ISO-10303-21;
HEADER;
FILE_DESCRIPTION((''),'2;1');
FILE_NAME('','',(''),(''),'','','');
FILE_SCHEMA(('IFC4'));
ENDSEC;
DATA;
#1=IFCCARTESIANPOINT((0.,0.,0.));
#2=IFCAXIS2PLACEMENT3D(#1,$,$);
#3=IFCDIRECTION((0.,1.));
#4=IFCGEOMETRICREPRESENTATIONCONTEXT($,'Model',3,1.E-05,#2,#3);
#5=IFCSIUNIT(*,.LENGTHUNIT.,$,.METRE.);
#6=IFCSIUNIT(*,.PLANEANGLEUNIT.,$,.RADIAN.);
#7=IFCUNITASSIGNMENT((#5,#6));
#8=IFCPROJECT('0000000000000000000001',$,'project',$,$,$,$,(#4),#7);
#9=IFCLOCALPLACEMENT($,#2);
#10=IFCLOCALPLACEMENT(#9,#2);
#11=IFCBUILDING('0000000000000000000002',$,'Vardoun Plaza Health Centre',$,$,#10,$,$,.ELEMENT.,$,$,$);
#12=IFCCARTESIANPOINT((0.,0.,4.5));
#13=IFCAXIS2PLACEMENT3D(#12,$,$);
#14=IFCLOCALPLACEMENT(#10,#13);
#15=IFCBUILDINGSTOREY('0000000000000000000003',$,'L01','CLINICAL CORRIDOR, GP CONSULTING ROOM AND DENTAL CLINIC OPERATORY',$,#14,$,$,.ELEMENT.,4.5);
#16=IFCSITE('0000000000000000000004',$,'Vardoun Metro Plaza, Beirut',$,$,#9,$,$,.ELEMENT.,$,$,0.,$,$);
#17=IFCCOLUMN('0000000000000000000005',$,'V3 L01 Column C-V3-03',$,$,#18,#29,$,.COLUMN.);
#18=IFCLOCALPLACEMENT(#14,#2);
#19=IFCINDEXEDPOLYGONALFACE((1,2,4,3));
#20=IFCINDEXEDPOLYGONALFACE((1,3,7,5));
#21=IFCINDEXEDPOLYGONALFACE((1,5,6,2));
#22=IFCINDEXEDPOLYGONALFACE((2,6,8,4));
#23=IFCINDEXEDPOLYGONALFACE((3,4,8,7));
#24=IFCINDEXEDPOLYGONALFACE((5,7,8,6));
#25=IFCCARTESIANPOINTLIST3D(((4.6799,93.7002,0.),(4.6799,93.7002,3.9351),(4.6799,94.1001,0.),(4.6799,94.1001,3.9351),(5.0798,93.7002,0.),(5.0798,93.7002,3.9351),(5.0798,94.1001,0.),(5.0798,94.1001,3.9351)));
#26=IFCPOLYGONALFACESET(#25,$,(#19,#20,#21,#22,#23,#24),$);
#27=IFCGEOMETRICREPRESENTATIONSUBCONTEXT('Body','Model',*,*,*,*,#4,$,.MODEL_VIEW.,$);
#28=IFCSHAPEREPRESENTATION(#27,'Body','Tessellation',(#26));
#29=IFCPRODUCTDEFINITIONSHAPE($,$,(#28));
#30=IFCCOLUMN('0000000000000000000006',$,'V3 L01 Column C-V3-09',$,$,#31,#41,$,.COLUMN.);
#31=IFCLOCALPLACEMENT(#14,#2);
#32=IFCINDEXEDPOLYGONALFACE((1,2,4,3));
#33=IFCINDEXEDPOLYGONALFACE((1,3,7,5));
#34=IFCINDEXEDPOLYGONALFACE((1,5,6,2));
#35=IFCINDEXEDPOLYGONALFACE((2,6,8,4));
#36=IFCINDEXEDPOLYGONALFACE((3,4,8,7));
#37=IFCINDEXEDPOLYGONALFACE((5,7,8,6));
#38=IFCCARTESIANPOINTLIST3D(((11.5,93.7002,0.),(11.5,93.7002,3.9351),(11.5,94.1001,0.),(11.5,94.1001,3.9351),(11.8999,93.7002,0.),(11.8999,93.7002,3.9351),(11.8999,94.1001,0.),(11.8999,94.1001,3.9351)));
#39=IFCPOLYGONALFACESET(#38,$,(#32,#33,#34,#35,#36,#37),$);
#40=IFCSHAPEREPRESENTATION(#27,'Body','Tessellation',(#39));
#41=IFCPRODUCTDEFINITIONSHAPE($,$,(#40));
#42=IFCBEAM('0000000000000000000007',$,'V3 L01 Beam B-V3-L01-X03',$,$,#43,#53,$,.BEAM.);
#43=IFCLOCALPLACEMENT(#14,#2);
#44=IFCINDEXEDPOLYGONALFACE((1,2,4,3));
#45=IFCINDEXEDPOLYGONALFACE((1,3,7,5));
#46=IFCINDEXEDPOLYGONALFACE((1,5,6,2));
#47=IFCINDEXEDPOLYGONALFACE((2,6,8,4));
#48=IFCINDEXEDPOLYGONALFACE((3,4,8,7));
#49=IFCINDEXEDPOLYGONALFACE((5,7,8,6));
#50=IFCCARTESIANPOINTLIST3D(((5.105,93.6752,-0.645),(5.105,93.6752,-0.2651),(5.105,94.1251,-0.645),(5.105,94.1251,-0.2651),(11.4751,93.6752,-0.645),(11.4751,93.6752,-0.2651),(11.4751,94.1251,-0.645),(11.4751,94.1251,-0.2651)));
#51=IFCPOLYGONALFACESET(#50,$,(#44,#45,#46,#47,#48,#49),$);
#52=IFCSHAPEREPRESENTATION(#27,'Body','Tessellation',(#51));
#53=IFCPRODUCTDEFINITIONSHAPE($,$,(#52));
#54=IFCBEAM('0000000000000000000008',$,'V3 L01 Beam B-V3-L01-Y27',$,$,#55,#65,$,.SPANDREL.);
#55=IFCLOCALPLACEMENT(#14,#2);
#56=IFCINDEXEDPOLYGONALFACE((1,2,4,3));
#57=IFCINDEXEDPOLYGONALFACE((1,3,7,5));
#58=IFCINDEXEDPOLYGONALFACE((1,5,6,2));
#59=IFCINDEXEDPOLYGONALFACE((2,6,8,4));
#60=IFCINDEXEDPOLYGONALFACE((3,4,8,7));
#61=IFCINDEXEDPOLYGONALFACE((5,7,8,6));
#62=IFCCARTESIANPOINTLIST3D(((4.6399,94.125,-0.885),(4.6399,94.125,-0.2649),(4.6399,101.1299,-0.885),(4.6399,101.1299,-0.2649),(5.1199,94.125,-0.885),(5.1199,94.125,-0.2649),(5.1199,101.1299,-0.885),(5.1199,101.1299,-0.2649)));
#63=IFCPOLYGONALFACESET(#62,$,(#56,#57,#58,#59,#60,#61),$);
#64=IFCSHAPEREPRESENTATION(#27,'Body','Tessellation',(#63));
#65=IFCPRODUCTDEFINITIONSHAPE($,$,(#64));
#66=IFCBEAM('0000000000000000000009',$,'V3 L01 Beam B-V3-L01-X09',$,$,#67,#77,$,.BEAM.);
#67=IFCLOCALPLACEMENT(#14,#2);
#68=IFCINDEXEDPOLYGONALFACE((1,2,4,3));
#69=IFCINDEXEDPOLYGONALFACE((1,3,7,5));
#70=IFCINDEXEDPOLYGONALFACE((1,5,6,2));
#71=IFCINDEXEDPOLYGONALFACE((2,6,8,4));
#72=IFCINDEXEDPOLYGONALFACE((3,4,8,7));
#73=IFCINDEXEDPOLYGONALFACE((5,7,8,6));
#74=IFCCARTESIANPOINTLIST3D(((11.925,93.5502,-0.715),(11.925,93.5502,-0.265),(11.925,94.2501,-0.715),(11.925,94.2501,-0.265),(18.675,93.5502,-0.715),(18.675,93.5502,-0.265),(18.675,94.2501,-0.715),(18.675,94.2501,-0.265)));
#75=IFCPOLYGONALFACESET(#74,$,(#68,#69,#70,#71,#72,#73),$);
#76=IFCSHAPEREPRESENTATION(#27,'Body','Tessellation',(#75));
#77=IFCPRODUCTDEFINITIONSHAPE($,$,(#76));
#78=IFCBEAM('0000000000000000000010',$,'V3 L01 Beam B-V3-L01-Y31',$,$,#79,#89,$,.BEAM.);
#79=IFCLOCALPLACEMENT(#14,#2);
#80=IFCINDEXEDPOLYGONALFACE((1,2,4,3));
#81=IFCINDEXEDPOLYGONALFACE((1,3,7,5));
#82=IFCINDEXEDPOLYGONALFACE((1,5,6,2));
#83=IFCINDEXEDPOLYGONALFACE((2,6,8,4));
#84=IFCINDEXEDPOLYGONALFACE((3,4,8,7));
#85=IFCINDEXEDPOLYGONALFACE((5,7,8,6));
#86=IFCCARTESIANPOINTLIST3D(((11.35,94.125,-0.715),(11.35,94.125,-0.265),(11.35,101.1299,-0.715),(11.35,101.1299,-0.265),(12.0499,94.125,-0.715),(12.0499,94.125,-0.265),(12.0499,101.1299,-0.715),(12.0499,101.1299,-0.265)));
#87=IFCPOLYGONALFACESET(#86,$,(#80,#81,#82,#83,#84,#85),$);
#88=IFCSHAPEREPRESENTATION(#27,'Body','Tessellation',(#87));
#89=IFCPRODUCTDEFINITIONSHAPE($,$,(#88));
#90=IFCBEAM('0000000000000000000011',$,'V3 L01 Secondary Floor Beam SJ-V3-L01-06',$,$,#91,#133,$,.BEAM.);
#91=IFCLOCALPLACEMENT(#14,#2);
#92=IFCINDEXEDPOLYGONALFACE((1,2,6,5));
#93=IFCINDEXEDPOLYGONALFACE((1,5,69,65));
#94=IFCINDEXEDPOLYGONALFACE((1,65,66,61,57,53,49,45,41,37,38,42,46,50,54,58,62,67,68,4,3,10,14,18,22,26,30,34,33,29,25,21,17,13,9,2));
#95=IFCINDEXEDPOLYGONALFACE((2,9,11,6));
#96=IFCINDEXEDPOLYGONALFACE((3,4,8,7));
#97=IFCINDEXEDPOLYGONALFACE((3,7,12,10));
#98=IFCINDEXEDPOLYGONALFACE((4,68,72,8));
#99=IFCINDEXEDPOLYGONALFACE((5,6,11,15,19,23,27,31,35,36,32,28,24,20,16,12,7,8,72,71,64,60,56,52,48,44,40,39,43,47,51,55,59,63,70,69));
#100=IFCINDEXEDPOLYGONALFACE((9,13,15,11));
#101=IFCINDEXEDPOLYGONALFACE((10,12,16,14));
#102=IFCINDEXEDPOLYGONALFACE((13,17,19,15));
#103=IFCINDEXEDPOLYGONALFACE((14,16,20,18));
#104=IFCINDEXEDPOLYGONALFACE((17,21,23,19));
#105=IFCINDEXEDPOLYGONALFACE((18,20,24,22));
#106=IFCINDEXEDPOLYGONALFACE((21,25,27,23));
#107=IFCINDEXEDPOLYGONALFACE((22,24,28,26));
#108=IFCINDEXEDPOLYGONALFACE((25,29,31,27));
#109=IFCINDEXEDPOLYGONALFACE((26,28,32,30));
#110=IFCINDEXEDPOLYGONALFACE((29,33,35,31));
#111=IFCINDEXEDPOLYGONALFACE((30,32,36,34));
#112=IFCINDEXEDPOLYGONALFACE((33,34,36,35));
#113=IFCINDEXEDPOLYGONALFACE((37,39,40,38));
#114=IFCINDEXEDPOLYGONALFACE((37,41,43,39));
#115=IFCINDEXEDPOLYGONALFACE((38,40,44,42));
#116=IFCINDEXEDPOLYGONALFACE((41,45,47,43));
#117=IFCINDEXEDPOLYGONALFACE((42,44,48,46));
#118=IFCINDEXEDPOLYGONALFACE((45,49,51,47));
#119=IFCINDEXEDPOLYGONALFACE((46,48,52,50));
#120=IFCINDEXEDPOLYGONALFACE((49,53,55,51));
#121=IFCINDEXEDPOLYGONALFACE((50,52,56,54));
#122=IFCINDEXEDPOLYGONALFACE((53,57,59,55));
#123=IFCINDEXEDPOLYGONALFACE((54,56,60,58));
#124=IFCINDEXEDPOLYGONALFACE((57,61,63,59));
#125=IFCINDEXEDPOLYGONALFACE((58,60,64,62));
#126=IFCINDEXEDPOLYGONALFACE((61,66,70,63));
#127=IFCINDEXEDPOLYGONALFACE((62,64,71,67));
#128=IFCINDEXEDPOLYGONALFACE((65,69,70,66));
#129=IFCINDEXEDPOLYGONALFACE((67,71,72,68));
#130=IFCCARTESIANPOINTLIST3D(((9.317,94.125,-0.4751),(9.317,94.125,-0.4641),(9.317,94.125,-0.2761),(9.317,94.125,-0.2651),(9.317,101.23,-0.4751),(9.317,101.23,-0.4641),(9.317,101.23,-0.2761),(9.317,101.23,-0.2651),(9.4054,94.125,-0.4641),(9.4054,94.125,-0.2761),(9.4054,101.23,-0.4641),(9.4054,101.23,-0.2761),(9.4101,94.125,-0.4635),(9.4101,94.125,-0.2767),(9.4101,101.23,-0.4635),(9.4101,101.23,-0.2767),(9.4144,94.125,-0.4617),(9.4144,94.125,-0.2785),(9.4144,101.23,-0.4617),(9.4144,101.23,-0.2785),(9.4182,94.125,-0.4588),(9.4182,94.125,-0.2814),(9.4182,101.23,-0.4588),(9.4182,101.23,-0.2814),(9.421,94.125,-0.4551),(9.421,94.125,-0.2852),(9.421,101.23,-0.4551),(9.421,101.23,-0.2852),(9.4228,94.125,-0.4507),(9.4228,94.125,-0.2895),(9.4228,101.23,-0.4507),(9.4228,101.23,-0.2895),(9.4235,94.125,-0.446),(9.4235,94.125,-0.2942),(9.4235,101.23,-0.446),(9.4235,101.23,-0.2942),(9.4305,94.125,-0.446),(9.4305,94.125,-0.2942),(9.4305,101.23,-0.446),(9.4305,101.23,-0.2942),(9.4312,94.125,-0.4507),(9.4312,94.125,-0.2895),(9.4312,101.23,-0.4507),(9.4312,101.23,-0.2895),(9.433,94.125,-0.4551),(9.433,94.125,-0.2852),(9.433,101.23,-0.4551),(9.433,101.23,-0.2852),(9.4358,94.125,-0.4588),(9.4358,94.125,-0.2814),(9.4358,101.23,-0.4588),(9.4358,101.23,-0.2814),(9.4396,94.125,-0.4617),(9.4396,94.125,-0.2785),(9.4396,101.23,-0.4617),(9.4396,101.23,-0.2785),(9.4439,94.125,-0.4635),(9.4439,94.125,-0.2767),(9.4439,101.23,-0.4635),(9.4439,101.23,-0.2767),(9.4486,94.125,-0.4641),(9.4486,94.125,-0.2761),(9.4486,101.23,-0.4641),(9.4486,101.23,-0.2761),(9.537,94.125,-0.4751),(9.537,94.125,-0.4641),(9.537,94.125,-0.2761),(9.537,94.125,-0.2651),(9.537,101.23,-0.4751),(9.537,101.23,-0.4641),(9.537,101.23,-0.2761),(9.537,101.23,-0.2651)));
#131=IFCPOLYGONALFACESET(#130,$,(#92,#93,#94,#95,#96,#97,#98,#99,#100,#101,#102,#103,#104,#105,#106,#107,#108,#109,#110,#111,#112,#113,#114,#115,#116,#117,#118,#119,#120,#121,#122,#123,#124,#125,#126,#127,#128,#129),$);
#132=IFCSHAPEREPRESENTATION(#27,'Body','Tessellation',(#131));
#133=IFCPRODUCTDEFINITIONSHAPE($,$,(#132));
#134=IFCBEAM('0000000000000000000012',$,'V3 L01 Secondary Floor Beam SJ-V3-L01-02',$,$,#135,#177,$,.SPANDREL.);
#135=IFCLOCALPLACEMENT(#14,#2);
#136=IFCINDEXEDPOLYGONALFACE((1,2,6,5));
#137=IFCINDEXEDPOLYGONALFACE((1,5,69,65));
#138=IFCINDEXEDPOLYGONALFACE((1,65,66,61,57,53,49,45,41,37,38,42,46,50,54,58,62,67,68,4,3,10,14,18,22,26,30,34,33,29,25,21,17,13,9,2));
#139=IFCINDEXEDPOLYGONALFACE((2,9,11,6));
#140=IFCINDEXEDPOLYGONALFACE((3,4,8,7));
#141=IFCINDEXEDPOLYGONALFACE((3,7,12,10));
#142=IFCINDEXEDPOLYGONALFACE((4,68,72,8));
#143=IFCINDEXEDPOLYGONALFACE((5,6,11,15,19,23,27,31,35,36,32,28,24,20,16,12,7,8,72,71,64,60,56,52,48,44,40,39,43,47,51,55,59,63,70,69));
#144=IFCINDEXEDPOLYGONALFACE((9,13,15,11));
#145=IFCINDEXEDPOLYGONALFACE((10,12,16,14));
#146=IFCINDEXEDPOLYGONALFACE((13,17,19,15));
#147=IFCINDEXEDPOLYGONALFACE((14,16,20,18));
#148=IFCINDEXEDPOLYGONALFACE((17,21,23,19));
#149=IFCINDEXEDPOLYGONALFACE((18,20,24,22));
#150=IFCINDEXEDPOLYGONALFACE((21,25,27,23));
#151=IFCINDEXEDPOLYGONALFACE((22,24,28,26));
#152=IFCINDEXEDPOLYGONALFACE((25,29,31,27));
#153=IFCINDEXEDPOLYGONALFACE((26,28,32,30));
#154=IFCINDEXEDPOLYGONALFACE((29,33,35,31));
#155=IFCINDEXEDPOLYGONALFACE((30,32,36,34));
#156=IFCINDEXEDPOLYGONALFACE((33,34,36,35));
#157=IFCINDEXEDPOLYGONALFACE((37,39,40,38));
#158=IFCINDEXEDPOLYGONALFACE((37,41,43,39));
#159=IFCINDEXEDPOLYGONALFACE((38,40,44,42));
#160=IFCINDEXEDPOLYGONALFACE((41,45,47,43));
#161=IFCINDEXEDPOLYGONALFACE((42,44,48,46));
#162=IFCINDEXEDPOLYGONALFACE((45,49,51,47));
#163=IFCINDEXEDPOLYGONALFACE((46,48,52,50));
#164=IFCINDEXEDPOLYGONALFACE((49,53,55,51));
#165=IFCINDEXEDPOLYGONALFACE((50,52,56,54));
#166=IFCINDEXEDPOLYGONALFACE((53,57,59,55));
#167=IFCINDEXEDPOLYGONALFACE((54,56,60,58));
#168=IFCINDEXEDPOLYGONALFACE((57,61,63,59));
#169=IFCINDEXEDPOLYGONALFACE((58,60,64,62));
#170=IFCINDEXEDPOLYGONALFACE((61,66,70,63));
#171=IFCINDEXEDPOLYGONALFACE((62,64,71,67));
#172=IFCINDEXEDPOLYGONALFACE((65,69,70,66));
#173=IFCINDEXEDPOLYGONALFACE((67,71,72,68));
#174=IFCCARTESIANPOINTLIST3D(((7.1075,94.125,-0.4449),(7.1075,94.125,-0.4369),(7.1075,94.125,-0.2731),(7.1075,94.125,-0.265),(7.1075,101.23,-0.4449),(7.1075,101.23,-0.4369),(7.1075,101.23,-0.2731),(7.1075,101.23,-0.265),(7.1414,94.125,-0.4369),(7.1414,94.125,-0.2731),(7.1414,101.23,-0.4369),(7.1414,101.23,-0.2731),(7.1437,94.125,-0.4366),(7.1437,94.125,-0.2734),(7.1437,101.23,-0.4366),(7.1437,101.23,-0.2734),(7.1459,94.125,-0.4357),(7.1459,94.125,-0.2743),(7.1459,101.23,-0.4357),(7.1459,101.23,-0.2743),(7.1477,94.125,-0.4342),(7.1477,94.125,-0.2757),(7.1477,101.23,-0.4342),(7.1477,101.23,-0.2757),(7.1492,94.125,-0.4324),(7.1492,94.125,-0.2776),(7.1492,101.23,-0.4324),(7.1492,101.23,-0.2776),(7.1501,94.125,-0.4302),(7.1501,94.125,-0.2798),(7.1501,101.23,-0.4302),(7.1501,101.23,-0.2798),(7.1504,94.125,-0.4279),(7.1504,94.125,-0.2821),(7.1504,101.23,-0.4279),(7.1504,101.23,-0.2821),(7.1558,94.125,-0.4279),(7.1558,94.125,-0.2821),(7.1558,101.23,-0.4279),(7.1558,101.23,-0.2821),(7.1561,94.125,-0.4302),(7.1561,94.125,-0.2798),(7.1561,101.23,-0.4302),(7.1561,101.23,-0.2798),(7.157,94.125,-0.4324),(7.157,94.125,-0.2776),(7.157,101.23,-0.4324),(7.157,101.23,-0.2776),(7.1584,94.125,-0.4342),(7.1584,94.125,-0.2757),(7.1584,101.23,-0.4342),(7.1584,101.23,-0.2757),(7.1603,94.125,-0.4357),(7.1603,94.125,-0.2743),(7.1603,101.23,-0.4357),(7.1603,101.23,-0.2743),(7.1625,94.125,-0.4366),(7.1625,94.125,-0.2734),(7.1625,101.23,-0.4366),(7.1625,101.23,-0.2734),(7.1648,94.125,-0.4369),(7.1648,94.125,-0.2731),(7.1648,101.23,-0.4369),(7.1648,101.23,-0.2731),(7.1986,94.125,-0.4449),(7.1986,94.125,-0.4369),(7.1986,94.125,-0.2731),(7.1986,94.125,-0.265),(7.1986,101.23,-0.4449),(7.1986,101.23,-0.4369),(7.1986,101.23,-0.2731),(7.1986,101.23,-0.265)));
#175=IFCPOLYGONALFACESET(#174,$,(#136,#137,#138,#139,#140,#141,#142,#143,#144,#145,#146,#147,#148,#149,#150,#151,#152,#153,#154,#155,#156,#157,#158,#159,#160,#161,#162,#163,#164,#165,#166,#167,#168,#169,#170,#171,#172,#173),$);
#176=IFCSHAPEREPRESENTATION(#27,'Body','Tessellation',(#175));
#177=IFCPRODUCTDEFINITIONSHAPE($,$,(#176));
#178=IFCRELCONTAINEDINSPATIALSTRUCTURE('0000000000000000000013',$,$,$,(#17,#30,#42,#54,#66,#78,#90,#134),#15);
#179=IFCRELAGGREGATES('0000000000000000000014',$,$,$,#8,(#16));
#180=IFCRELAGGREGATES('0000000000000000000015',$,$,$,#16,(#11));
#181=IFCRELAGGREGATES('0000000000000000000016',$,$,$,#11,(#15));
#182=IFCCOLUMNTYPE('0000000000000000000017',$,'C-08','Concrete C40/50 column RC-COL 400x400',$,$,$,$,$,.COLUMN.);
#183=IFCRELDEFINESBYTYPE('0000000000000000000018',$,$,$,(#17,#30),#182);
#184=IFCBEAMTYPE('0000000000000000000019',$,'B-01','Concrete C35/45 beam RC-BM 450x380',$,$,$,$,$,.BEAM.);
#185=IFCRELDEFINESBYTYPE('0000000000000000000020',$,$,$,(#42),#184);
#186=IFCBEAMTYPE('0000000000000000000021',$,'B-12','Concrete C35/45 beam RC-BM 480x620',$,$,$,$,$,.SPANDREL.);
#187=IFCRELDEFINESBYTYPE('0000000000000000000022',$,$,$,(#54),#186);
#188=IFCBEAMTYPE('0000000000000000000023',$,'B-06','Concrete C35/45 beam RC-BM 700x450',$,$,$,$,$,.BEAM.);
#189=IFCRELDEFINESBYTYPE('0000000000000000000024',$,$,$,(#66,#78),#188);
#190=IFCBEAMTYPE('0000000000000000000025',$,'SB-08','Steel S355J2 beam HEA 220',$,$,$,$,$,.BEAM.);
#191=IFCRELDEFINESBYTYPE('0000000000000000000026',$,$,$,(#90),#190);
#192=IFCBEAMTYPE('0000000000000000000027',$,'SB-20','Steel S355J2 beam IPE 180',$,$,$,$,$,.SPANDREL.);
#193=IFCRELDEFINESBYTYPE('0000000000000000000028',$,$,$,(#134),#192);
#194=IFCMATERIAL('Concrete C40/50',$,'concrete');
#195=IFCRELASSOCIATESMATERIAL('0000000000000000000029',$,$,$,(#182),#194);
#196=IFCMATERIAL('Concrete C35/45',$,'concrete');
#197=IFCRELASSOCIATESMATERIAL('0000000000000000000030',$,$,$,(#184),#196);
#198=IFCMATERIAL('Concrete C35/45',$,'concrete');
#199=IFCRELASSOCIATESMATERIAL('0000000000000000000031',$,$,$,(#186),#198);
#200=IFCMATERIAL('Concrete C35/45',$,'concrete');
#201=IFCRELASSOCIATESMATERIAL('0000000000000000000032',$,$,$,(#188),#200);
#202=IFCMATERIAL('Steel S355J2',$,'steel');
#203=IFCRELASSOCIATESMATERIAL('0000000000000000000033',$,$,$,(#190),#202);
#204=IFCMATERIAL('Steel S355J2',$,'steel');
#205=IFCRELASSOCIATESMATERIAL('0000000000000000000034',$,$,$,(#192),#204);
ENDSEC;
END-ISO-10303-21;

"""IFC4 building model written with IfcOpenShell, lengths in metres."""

from ifc_helpers import new_model, si_unit, direction, frame, origin, origin_2d, place, context, subcontext, project, spatial, rectangle, i_section, extrude, material, material_profile, profile_set, type_object, element, save


model = new_model("IFC4")

# Units and contexts
model_context = context("Model", 3, precision=1e-05, world=origin(), true_north=direction((0.0, 1.0)))
body_context = subcontext(model_context, "Body", "Model", "MODEL_VIEW")
ifc_project = project(units=[si_unit("LENGTHUNIT", "METRE"), si_unit("PLANEANGLEUNIT", "RADIAN")], contexts=[model_context])

# Site, building, storey
site_placement = place(None, origin())
site = spatial("IfcSite", under=ifc_project, at=site_placement, Name="Vardoun Metro Plaza, Beirut", CompositionType="ELEMENT", RefElevation=0.0)
building_placement = place(site_placement, origin())
building = spatial("IfcBuilding", under=site, at=building_placement, Name="Vardoun Plaza Health Centre", CompositionType="ELEMENT")
storey_placement = place(building_placement, frame((0.0, 0.0, 4.5)))
storey = spatial("IfcBuildingStorey", under=building, at=storey_placement, Name="L01", Description="CLINICAL CORRIDOR, GP CONSULTING ROOM AND DENTAL CLINIC OPERATORY", CompositionType="ELEMENT", Elevation=4.5)

# Columns
ifc_material_1 = material(Name="Concrete C40/50", Category="concrete")
ifc_material_profile_1 = material_profile(ifc_material_1, rectangle(XDim=0.3999, YDim=0.3999, at=origin_2d()), Name="RC-COL 400x400")
ifc_profile_set_1 = profile_set([ifc_material_profile_1], Name="Concrete C40/50")
column_type = type_object("IfcColumnType", Name="C-08", Description="Concrete C40/50 column RC-COL 400x400", PredefinedType="COLUMN", material=ifc_profile_set_1)
for number, where, z_axis, x_axis, name in (
    (1, (4.8799, 93.9001, 0.0), (0.0, 0.0, 1.0), (1.0, 0.0, 0.0), "V3 L01 Column C-V3-03"),
    (2, (11.7, 93.9001, 0.0), (0.0, 0.0, 1.0), (1.0, 0.0, 0.0), "V3 L01 Column C-V3-09"),
):
    element("IfcColumn", number, at=place(storey_placement, frame(where, z_axis=z_axis, x_axis=x_axis)), inside=storey, type_object=column_type, Name=name, PredefinedType="COLUMN", context=body_context, shape_type="SweptSolid", body=[
        extrude(rectangle(XDim=0.3999, YDim=0.3999, at=origin_2d()), origin(), (0.0, 0.0, 1.0), 3.9351),
    ])

# Beams
ifc_material_2 = material(Name="Concrete C35/45", Category="concrete")
ifc_material_profile_2 = material_profile(ifc_material_2, rectangle(XDim=0.45, YDim=0.3799, at=origin_2d()), Name="RC-BM 450x380")
ifc_profile_set_2 = profile_set([ifc_material_profile_2], Name="Concrete C35/45")
beam_type_1 = type_object("IfcBeamType", Name="B-01", Description="Concrete C35/45 beam RC-BM 450x380", PredefinedType="BEAM", material=ifc_profile_set_2)
beam_1_placement = place(storey_placement, frame((5.105, 93.9001, -0.4551), z_axis=(1.0, 0.0, 0.0), x_axis=(0.0, 1.0, 0.0)))
element("IfcBeam", 3, at=beam_1_placement, inside=storey, type_object=beam_type_1, Name="V3 L01 Beam B-V3-L01-X03", PredefinedType="BEAM", context=body_context, shape_type="SweptSolid", body=[
    extrude(rectangle(XDim=0.45, YDim=0.3799, at=origin_2d()), origin(), (0.0, 0.0, 1.0), 6.3701),
])
ifc_material_3 = material(Name="Concrete C35/45", Category="concrete")
ifc_material_profile_3 = material_profile(ifc_material_3, rectangle(XDim=0.48, YDim=0.6201, at=origin_2d()), Name="RC-BM 480x620")
ifc_profile_set_3 = profile_set([ifc_material_profile_3], Name="Concrete C35/45")
beam_type_2 = type_object("IfcBeamType", Name="B-12", Description="Concrete C35/45 beam RC-BM 480x620", PredefinedType="SPANDREL", material=ifc_profile_set_3)
beam_2_placement = place(storey_placement, frame((4.8799, 94.125, -0.575), z_axis=(0.0, 1.0, 0.0), x_axis=(-1.0, 0.0, 0.0)))
element("IfcBeam", 4, at=beam_2_placement, inside=storey, type_object=beam_type_2, Name="V3 L01 Beam B-V3-L01-Y27", PredefinedType="SPANDREL", context=body_context, shape_type="SweptSolid", body=[
    extrude(rectangle(XDim=0.48, YDim=0.6201, at=origin_2d()), origin(), (0.0, 0.0, 1.0), 7.0049),
])
ifc_material_4 = material(Name="Concrete C35/45", Category="concrete")
ifc_material_profile_4 = material_profile(ifc_material_4, rectangle(XDim=0.7, YDim=0.45, at=origin_2d()), Name="RC-BM 700x450")
ifc_profile_set_4 = profile_set([ifc_material_profile_4], Name="Concrete C35/45")
beam_type_3 = type_object("IfcBeamType", Name="B-06", Description="Concrete C35/45 beam RC-BM 700x450", PredefinedType="BEAM", material=ifc_profile_set_4)
beam_3_placement = place(storey_placement, frame((11.925, 93.9001, -0.49), z_axis=(1.0, 0.0, 0.0), x_axis=(0.0, 1.0, 0.0)))
element("IfcBeam", 5, at=beam_3_placement, inside=storey, type_object=beam_type_3, Name="V3 L01 Beam B-V3-L01-X09", PredefinedType="BEAM", context=body_context, shape_type="SweptSolid", body=[
    extrude(rectangle(XDim=0.7, YDim=0.45, at=origin_2d()), origin(), (0.0, 0.0, 1.0), 6.75),
])
beam_4_placement = place(storey_placement, frame((11.7, 94.125, -0.49), z_axis=(0.0, 1.0, 0.0), x_axis=(-1.0, 0.0, 0.0)))
element("IfcBeam", 6, at=beam_4_placement, inside=storey, type_object=beam_type_3, Name="V3 L01 Beam B-V3-L01-Y31", PredefinedType="BEAM", context=body_context, shape_type="SweptSolid", body=[
    extrude(rectangle(XDim=0.7, YDim=0.45, at=origin_2d()), origin(), (0.0, 0.0, 1.0), 7.0049),
])
ifc_material_5 = material(Name="Steel S355J2", Category="steel")
ifc_material_profile_5 = material_profile(ifc_material_5, i_section(OverallWidth=0.22, OverallDepth=0.21, WebThickness=0.0071, FlangeThickness=0.011, FilletRadius=0.0181, at=origin_2d()), Name="HEA 220")
ifc_profile_set_5 = profile_set([ifc_material_profile_5], Name="Steel S355J2")
beam_type_4 = type_object("IfcBeamType", Name="SB-08", Description="Steel S355J2 beam HEA 220", PredefinedType="BEAM", material=ifc_profile_set_5)
beam_5_placement = place(storey_placement, frame((9.427, 94.125, -0.3701), z_axis=(0.0, 1.0, 0.0), x_axis=(-1.0, 0.0, 0.0)))
element("IfcBeam", 7, at=beam_5_placement, inside=storey, type_object=beam_type_4, Name="V3 L01 Secondary Floor Beam SJ-V3-L01-06", PredefinedType="BEAM", context=body_context, shape_type="SweptSolid", body=[
    extrude(i_section(OverallWidth=0.22, OverallDepth=0.21, WebThickness=0.0071, FlangeThickness=0.011, FilletRadius=0.0181, at=origin_2d()), origin(), (0.0, 0.0, 1.0), 7.105),
])
ifc_material_6 = material(Name="Steel S355J2", Category="steel")
ifc_material_profile_6 = material_profile(ifc_material_6, i_section(OverallWidth=0.0911, OverallDepth=0.1799, WebThickness=0.0054, FlangeThickness=0.0081, FilletRadius=0.009, at=origin_2d()), Name="IPE 180")
ifc_profile_set_6 = profile_set([ifc_material_profile_6], Name="Steel S355J2")
beam_type_5 = type_object("IfcBeamType", Name="SB-20", Description="Steel S355J2 beam IPE 180", PredefinedType="SPANDREL", material=ifc_profile_set_6)
beam_6_placement = place(storey_placement, frame((7.1531, 94.125, -0.355), z_axis=(0.0, 1.0, 0.0), x_axis=(-1.0, 0.0, 0.0)))
element("IfcBeam", 8, at=beam_6_placement, inside=storey, type_object=beam_type_5, Name="V3 L01 Secondary Floor Beam SJ-V3-L01-02", PredefinedType="SPANDREL", context=body_context, shape_type="SweptSolid", body=[
    extrude(i_section(OverallWidth=0.0911, OverallDepth=0.1799, WebThickness=0.0054, FlangeThickness=0.0081, FilletRadius=0.009, at=origin_2d()), origin(), (0.0, 0.0, 1.0), 7.105),
])

save(model, "model.ifc")
